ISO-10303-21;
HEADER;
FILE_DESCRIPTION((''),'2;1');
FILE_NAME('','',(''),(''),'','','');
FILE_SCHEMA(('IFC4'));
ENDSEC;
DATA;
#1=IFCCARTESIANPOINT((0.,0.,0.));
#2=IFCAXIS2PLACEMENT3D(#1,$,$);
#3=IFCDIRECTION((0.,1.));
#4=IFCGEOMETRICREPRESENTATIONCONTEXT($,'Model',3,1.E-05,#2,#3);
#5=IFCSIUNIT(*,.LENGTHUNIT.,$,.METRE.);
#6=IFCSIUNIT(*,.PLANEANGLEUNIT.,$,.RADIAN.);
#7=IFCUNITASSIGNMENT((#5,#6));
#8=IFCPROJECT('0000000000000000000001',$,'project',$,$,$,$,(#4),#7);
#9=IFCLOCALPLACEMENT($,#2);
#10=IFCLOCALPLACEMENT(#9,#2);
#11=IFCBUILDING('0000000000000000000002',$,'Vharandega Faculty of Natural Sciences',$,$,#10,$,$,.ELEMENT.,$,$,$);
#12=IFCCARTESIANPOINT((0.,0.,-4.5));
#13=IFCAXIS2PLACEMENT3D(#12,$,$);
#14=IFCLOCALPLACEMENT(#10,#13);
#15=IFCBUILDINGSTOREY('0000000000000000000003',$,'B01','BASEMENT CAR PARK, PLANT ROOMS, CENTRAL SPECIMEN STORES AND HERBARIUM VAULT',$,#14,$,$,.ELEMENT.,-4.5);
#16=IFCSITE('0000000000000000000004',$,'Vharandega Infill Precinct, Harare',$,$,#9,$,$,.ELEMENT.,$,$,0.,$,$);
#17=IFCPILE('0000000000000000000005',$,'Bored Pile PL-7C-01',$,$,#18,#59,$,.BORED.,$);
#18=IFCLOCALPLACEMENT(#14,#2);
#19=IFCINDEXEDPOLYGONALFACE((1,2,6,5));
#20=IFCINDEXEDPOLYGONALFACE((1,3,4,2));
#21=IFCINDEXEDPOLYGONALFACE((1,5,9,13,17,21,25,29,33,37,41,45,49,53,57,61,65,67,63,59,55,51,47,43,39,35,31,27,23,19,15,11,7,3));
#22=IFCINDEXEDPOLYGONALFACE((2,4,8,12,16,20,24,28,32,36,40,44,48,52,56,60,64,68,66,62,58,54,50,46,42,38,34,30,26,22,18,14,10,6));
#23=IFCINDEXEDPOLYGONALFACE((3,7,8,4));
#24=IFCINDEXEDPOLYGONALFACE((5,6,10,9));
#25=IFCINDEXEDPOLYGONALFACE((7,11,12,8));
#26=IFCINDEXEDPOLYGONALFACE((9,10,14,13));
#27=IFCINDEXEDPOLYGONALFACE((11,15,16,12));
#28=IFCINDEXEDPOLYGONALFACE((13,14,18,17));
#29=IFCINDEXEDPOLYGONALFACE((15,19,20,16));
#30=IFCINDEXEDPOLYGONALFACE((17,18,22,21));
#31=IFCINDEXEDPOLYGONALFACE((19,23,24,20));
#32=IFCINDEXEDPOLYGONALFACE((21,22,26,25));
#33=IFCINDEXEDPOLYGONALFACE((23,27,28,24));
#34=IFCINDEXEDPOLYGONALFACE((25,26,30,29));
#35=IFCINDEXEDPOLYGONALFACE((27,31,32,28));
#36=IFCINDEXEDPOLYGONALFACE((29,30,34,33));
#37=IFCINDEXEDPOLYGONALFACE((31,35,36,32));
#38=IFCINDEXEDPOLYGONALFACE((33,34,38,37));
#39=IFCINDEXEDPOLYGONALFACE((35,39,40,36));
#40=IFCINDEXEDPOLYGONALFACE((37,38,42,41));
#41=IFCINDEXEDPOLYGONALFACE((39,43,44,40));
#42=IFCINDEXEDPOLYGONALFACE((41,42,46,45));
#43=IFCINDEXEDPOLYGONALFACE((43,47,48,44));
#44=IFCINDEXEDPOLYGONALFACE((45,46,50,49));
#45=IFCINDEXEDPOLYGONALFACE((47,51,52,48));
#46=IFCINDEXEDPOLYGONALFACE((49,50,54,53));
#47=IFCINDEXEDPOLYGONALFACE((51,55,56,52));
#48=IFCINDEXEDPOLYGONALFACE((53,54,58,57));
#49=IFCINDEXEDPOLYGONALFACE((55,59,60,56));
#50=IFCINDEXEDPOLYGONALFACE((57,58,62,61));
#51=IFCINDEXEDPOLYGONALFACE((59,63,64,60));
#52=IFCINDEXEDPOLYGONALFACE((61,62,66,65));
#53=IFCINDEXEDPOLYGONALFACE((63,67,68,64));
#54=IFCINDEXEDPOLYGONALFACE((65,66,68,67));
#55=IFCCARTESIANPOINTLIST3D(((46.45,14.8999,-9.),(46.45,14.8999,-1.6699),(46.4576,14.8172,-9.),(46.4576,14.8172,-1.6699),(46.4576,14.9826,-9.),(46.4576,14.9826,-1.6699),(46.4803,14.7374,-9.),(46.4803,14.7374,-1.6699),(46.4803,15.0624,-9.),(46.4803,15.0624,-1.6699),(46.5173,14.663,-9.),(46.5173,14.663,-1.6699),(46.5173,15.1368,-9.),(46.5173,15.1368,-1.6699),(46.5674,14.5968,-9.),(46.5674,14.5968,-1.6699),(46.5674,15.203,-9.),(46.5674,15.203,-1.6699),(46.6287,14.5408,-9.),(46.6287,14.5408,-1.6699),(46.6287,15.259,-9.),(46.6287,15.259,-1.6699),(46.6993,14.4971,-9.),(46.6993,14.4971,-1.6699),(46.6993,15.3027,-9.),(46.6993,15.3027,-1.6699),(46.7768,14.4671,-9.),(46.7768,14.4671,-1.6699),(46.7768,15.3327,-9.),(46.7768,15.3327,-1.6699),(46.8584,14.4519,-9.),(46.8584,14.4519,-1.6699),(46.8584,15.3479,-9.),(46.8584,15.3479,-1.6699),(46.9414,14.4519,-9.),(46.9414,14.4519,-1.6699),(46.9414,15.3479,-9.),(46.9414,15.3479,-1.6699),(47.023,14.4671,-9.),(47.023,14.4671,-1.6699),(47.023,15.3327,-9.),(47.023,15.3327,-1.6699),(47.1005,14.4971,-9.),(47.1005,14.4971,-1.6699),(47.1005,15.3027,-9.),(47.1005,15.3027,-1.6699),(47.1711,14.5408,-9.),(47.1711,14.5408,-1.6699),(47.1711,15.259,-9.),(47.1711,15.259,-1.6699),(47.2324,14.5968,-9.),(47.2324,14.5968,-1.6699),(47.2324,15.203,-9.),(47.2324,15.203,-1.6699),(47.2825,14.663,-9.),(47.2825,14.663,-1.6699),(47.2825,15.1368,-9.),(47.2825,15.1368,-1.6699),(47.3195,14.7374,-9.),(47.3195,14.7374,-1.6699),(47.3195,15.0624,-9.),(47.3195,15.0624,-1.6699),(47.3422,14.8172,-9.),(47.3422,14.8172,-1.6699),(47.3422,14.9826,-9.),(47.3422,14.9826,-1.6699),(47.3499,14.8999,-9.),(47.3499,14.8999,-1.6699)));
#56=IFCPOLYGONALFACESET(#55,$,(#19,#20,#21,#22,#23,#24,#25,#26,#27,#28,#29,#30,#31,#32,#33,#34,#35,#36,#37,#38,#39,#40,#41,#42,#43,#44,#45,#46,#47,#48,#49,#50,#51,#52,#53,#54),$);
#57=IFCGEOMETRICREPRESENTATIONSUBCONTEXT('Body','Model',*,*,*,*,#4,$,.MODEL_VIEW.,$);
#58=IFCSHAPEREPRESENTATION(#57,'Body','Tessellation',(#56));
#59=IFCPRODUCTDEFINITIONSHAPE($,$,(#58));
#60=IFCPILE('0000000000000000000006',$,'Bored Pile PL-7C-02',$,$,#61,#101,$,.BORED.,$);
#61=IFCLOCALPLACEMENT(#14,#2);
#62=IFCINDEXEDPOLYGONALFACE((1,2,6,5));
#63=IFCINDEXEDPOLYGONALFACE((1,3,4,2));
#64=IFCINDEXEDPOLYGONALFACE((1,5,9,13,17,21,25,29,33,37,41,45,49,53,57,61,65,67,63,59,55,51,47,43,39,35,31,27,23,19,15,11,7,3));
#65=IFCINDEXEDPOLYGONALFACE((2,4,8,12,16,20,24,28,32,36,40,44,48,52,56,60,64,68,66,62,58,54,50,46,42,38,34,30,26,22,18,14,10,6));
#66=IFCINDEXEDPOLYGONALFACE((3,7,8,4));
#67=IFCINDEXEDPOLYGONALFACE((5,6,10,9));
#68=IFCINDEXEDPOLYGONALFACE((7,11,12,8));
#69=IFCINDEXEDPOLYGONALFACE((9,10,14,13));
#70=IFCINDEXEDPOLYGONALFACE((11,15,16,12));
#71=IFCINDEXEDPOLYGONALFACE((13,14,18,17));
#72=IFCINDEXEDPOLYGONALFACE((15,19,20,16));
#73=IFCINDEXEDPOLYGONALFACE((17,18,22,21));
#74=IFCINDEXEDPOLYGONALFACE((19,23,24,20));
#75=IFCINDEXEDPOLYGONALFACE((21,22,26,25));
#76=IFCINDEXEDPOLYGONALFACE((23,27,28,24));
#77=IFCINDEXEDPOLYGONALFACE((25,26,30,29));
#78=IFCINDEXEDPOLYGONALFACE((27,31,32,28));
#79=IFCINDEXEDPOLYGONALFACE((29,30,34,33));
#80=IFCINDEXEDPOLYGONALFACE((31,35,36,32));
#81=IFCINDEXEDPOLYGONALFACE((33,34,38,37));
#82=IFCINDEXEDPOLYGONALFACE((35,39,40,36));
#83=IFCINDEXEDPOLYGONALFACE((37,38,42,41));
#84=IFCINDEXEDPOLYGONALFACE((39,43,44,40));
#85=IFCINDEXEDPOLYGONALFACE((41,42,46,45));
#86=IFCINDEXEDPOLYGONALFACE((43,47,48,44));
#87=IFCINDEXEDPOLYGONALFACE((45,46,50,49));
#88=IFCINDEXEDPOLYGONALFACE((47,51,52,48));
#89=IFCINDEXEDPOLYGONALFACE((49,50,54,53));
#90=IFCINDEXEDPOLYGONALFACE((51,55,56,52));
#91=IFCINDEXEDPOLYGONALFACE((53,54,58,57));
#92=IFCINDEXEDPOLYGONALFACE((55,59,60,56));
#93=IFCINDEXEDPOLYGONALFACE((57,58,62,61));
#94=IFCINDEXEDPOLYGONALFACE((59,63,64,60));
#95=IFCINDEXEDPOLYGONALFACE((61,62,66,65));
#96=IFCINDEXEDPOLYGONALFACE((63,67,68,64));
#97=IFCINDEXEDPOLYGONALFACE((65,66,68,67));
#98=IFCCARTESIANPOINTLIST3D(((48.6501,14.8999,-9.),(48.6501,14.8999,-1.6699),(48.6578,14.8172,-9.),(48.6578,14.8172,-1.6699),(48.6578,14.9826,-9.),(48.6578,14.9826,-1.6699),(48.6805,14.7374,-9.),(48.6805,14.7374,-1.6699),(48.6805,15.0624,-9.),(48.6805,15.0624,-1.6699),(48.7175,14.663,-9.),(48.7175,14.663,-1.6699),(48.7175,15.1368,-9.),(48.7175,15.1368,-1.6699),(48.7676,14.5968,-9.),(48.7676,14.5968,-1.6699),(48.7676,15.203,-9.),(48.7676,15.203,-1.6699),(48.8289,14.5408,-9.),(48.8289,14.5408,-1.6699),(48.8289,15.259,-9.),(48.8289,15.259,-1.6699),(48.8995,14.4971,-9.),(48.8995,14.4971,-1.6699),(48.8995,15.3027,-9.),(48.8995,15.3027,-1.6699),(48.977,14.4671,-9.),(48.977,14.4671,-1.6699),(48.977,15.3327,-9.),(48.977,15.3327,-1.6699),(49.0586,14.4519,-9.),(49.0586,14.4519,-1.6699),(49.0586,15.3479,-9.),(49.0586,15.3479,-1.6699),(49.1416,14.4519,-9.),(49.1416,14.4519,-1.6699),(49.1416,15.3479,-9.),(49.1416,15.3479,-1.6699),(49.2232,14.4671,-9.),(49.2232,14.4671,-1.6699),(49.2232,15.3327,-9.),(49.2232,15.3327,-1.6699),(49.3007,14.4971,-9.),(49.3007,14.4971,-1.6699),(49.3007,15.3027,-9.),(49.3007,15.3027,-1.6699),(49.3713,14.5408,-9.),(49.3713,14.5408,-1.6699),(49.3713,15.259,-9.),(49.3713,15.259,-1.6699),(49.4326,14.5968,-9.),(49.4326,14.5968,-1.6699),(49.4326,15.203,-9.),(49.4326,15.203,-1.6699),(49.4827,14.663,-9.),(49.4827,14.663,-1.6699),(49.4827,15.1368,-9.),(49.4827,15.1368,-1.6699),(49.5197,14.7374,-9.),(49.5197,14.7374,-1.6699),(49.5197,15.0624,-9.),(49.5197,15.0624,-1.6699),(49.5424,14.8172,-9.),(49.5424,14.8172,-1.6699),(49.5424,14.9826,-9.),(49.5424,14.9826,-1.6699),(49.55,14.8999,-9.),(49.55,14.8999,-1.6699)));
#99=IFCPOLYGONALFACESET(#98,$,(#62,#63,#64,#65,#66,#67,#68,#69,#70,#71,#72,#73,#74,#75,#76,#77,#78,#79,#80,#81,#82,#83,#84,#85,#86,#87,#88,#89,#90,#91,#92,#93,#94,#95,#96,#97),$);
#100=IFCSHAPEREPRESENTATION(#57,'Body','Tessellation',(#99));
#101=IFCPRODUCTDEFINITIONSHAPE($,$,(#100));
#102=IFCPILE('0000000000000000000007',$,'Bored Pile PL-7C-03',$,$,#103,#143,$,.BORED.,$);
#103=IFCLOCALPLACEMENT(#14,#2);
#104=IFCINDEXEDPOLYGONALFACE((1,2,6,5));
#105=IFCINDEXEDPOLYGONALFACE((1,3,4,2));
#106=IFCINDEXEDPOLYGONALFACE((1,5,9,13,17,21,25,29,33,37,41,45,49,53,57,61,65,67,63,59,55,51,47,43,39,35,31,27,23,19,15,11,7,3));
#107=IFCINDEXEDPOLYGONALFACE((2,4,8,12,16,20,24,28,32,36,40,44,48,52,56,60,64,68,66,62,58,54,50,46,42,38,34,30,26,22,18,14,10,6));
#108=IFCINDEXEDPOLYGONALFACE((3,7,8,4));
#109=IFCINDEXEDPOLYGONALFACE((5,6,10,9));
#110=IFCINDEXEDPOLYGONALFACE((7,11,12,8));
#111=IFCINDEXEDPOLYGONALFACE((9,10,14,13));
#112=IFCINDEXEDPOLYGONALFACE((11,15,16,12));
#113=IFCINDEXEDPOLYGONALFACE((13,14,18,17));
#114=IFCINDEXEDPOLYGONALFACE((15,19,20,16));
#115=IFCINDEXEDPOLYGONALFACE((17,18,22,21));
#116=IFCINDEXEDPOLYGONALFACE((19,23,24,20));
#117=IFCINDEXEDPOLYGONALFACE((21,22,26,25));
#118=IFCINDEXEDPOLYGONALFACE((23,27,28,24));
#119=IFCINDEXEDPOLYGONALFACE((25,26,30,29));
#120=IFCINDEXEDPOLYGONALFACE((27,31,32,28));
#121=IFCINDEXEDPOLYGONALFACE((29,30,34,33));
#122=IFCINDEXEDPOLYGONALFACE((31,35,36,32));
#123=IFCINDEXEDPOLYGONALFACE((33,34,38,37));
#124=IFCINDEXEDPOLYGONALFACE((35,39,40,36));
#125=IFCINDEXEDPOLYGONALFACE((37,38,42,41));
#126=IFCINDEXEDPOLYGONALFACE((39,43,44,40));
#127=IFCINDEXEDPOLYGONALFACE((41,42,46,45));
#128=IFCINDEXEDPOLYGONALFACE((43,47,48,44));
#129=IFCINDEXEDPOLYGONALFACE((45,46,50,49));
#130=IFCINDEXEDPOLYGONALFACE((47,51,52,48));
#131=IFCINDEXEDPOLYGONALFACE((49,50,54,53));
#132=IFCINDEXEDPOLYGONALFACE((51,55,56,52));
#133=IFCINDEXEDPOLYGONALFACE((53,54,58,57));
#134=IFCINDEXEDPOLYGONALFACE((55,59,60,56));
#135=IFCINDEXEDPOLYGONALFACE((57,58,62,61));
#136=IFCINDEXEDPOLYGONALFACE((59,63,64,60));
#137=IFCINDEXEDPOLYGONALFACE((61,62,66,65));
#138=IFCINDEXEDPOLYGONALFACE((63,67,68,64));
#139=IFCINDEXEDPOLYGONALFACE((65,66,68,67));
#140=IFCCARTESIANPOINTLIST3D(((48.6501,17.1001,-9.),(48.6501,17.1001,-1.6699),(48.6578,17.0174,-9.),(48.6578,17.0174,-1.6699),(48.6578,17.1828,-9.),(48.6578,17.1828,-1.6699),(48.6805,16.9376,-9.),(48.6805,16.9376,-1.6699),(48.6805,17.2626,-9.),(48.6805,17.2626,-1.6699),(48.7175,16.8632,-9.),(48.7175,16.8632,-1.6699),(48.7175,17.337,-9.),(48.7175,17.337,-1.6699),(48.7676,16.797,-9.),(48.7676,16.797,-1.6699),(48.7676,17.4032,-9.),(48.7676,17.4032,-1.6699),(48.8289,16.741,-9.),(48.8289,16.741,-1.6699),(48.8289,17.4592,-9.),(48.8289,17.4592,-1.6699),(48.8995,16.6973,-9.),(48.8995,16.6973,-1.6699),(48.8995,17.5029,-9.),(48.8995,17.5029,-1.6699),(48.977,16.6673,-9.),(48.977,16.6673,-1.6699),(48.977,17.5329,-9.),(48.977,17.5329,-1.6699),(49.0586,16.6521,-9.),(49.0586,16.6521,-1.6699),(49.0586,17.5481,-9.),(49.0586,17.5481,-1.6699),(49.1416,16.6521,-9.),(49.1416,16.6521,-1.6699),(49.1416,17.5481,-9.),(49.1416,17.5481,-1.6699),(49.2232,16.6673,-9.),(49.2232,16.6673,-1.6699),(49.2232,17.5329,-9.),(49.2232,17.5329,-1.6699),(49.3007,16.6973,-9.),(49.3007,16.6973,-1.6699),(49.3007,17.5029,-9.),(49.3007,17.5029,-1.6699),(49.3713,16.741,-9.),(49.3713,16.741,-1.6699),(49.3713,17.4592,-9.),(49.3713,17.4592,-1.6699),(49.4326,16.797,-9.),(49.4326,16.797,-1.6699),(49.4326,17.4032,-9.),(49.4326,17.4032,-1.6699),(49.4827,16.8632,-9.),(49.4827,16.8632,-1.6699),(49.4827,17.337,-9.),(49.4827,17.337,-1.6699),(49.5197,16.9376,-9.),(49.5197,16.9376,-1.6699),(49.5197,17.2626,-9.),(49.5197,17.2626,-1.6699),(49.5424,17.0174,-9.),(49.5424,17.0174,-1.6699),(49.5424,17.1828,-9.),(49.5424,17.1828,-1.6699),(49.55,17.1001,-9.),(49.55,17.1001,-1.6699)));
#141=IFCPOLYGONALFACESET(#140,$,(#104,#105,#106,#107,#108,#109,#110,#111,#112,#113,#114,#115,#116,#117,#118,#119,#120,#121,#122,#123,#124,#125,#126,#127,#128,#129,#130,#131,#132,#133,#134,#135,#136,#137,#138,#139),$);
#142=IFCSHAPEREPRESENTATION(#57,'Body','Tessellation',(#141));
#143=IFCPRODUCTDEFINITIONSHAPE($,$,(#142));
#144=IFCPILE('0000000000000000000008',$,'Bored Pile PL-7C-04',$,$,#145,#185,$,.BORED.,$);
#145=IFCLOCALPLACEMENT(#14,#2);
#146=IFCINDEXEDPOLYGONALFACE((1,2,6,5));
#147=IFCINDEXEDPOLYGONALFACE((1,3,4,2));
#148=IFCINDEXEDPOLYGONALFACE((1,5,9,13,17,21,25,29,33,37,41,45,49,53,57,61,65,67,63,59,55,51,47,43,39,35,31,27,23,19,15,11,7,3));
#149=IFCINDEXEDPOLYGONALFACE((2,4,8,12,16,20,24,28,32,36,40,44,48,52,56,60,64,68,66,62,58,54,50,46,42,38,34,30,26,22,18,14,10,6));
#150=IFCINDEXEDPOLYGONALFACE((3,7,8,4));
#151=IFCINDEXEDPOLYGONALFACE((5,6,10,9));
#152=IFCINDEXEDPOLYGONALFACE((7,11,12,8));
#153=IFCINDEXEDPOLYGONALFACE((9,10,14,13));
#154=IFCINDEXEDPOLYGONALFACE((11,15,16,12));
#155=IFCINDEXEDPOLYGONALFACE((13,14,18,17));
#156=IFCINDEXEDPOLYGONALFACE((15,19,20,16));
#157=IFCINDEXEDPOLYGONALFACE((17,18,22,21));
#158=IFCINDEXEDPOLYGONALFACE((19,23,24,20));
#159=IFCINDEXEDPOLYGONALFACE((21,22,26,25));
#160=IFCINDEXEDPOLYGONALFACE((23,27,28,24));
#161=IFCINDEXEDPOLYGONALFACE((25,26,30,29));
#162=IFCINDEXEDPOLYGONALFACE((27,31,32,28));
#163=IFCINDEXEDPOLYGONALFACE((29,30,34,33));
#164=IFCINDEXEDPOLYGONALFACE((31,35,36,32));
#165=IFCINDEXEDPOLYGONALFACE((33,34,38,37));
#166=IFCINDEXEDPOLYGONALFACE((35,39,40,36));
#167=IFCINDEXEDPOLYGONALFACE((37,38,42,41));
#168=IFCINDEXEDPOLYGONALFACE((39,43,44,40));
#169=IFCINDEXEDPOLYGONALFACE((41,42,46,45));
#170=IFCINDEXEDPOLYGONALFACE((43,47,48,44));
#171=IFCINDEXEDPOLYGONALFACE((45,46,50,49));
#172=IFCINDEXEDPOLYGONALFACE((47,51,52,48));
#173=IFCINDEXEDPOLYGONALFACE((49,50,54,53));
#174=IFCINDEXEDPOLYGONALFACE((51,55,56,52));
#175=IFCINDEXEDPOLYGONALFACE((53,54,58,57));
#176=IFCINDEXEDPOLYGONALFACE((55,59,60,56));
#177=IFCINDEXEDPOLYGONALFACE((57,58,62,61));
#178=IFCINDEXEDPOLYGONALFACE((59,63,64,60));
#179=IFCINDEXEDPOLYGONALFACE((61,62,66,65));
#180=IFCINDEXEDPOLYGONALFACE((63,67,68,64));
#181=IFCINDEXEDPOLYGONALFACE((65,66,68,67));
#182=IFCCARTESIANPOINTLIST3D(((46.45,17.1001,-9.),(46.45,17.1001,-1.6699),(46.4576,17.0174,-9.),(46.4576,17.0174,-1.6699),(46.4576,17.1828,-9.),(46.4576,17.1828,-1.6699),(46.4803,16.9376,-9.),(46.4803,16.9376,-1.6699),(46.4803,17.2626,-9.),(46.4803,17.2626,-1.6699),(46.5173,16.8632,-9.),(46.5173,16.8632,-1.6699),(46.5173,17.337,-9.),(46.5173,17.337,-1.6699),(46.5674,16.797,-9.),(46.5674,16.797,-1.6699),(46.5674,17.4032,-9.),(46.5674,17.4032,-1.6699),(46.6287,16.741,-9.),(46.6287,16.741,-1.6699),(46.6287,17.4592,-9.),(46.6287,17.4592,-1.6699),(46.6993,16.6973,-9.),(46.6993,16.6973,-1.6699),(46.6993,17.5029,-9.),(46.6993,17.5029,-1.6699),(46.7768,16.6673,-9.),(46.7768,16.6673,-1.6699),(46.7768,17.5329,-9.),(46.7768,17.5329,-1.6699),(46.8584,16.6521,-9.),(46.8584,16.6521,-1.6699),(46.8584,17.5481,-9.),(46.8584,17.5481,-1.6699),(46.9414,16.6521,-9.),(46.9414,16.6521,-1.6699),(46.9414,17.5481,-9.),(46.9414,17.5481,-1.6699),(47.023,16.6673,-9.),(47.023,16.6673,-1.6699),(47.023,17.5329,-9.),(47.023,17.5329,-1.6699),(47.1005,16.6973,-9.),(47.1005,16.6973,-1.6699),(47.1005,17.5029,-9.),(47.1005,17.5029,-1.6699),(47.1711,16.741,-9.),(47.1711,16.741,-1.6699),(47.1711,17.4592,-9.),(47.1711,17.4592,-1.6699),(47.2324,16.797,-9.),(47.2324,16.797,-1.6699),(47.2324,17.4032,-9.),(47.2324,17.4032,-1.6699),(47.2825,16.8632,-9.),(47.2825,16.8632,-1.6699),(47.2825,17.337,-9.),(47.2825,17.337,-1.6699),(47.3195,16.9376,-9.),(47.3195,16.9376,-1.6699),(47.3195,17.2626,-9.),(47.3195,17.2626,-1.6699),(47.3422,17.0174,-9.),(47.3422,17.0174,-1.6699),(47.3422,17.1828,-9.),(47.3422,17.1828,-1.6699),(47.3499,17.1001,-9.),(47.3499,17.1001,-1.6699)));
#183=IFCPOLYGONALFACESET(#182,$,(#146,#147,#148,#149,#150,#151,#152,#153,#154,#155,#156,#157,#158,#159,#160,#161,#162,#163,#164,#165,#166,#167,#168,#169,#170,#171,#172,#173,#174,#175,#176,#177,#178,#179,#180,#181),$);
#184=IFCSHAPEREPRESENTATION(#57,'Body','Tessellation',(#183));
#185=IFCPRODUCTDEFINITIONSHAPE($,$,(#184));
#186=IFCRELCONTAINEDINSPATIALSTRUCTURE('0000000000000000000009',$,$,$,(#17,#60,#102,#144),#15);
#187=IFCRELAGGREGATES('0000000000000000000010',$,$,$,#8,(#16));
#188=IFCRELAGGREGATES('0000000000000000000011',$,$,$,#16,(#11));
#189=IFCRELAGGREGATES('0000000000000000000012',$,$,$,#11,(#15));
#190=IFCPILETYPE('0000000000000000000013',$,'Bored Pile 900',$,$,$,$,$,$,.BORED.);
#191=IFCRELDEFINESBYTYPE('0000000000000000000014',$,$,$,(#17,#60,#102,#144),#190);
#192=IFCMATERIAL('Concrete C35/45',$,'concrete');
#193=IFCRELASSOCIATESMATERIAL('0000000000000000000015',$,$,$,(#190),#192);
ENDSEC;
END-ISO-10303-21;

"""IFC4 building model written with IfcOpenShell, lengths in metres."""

from ifc_helpers import new_model, si_unit, direction, frame, origin, origin_2d, place, context, subcontext, project, spatial, circle, extrude, material, material_profile, profile_set, type_object, element, save


model = new_model("IFC4")

# Units and contexts
model_context = context("Model", 3, precision=1e-05, world=origin(), true_north=direction((0.0, 1.0)))
body_context = subcontext(model_context, "Body", "Model", "MODEL_VIEW")
ifc_project = project(units=[si_unit("LENGTHUNIT", "METRE"), si_unit("PLANEANGLEUNIT", "RADIAN")], contexts=[model_context])

# Site, building, storey
site_placement = place(None, origin())
site = spatial("IfcSite", under=ifc_project, at=site_placement, Name="Vharandega Infill Precinct, Harare", CompositionType="ELEMENT", RefElevation=0.0)
building_placement = place(site_placement, origin())
building = spatial("IfcBuilding", under=site, at=building_placement, Name="Vharandega Faculty of Natural Sciences", CompositionType="ELEMENT")
storey_placement = place(building_placement, frame((0.0, 0.0, -4.5)))
storey = spatial("IfcBuildingStorey", under=building, at=storey_placement, Name="B01", Description="BASEMENT CAR PARK, PLANT ROOMS, CENTRAL SPECIMEN STORES AND HERBARIUM VAULT", CompositionType="ELEMENT", Elevation=-4.5)

# Piles
ifc_material_1 = material(Name="Concrete C35/45", Category="concrete")
ifc_material_profile_1 = material_profile(ifc_material_1, circle(Radius=0.45, at=origin_2d()), Name="PILE 900")
ifc_profile_set_1 = profile_set([ifc_material_profile_1], Name="Concrete C35/45")
pile_type_1 = type_object("IfcPileType", Name="Bored Pile 900", PredefinedType="BORED", material=ifc_profile_set_1)
for number, where, z_axis, x_axis, name in (
    (1, (46.8999, 14.8999, -1.6699), (0.0, 0.0, -1.0), (1.0, 0.0, 0.0), "Bored Pile PL-7C-01"),
    (2, (49.1001, 14.8999, -1.6699), (0.0, 0.0, -1.0), (1.0, 0.0, 0.0), "Bored Pile PL-7C-02"),
    (3, (49.1001, 17.1001, -1.6699), (0.0, 0.0, -1.0), (1.0, 0.0, 0.0), "Bored Pile PL-7C-03"),
    (4, (46.8999, 17.1001, -1.6699), (0.0, 0.0, -1.0), (1.0, 0.0, 0.0), "Bored Pile PL-7C-04"),
):
    element("IfcPile", number, at=place(storey_placement, frame(where, z_axis=z_axis, x_axis=x_axis)), inside=storey, type_object=pile_type_1, Name=name, PredefinedType="BORED", context=body_context, shape_type="SweptSolid", body=[
        extrude(circle(Radius=0.45, at=origin_2d()), origin(), (0.0, 0.0, 1.0), 7.3301),
    ])

save(model, "model.ifc")
